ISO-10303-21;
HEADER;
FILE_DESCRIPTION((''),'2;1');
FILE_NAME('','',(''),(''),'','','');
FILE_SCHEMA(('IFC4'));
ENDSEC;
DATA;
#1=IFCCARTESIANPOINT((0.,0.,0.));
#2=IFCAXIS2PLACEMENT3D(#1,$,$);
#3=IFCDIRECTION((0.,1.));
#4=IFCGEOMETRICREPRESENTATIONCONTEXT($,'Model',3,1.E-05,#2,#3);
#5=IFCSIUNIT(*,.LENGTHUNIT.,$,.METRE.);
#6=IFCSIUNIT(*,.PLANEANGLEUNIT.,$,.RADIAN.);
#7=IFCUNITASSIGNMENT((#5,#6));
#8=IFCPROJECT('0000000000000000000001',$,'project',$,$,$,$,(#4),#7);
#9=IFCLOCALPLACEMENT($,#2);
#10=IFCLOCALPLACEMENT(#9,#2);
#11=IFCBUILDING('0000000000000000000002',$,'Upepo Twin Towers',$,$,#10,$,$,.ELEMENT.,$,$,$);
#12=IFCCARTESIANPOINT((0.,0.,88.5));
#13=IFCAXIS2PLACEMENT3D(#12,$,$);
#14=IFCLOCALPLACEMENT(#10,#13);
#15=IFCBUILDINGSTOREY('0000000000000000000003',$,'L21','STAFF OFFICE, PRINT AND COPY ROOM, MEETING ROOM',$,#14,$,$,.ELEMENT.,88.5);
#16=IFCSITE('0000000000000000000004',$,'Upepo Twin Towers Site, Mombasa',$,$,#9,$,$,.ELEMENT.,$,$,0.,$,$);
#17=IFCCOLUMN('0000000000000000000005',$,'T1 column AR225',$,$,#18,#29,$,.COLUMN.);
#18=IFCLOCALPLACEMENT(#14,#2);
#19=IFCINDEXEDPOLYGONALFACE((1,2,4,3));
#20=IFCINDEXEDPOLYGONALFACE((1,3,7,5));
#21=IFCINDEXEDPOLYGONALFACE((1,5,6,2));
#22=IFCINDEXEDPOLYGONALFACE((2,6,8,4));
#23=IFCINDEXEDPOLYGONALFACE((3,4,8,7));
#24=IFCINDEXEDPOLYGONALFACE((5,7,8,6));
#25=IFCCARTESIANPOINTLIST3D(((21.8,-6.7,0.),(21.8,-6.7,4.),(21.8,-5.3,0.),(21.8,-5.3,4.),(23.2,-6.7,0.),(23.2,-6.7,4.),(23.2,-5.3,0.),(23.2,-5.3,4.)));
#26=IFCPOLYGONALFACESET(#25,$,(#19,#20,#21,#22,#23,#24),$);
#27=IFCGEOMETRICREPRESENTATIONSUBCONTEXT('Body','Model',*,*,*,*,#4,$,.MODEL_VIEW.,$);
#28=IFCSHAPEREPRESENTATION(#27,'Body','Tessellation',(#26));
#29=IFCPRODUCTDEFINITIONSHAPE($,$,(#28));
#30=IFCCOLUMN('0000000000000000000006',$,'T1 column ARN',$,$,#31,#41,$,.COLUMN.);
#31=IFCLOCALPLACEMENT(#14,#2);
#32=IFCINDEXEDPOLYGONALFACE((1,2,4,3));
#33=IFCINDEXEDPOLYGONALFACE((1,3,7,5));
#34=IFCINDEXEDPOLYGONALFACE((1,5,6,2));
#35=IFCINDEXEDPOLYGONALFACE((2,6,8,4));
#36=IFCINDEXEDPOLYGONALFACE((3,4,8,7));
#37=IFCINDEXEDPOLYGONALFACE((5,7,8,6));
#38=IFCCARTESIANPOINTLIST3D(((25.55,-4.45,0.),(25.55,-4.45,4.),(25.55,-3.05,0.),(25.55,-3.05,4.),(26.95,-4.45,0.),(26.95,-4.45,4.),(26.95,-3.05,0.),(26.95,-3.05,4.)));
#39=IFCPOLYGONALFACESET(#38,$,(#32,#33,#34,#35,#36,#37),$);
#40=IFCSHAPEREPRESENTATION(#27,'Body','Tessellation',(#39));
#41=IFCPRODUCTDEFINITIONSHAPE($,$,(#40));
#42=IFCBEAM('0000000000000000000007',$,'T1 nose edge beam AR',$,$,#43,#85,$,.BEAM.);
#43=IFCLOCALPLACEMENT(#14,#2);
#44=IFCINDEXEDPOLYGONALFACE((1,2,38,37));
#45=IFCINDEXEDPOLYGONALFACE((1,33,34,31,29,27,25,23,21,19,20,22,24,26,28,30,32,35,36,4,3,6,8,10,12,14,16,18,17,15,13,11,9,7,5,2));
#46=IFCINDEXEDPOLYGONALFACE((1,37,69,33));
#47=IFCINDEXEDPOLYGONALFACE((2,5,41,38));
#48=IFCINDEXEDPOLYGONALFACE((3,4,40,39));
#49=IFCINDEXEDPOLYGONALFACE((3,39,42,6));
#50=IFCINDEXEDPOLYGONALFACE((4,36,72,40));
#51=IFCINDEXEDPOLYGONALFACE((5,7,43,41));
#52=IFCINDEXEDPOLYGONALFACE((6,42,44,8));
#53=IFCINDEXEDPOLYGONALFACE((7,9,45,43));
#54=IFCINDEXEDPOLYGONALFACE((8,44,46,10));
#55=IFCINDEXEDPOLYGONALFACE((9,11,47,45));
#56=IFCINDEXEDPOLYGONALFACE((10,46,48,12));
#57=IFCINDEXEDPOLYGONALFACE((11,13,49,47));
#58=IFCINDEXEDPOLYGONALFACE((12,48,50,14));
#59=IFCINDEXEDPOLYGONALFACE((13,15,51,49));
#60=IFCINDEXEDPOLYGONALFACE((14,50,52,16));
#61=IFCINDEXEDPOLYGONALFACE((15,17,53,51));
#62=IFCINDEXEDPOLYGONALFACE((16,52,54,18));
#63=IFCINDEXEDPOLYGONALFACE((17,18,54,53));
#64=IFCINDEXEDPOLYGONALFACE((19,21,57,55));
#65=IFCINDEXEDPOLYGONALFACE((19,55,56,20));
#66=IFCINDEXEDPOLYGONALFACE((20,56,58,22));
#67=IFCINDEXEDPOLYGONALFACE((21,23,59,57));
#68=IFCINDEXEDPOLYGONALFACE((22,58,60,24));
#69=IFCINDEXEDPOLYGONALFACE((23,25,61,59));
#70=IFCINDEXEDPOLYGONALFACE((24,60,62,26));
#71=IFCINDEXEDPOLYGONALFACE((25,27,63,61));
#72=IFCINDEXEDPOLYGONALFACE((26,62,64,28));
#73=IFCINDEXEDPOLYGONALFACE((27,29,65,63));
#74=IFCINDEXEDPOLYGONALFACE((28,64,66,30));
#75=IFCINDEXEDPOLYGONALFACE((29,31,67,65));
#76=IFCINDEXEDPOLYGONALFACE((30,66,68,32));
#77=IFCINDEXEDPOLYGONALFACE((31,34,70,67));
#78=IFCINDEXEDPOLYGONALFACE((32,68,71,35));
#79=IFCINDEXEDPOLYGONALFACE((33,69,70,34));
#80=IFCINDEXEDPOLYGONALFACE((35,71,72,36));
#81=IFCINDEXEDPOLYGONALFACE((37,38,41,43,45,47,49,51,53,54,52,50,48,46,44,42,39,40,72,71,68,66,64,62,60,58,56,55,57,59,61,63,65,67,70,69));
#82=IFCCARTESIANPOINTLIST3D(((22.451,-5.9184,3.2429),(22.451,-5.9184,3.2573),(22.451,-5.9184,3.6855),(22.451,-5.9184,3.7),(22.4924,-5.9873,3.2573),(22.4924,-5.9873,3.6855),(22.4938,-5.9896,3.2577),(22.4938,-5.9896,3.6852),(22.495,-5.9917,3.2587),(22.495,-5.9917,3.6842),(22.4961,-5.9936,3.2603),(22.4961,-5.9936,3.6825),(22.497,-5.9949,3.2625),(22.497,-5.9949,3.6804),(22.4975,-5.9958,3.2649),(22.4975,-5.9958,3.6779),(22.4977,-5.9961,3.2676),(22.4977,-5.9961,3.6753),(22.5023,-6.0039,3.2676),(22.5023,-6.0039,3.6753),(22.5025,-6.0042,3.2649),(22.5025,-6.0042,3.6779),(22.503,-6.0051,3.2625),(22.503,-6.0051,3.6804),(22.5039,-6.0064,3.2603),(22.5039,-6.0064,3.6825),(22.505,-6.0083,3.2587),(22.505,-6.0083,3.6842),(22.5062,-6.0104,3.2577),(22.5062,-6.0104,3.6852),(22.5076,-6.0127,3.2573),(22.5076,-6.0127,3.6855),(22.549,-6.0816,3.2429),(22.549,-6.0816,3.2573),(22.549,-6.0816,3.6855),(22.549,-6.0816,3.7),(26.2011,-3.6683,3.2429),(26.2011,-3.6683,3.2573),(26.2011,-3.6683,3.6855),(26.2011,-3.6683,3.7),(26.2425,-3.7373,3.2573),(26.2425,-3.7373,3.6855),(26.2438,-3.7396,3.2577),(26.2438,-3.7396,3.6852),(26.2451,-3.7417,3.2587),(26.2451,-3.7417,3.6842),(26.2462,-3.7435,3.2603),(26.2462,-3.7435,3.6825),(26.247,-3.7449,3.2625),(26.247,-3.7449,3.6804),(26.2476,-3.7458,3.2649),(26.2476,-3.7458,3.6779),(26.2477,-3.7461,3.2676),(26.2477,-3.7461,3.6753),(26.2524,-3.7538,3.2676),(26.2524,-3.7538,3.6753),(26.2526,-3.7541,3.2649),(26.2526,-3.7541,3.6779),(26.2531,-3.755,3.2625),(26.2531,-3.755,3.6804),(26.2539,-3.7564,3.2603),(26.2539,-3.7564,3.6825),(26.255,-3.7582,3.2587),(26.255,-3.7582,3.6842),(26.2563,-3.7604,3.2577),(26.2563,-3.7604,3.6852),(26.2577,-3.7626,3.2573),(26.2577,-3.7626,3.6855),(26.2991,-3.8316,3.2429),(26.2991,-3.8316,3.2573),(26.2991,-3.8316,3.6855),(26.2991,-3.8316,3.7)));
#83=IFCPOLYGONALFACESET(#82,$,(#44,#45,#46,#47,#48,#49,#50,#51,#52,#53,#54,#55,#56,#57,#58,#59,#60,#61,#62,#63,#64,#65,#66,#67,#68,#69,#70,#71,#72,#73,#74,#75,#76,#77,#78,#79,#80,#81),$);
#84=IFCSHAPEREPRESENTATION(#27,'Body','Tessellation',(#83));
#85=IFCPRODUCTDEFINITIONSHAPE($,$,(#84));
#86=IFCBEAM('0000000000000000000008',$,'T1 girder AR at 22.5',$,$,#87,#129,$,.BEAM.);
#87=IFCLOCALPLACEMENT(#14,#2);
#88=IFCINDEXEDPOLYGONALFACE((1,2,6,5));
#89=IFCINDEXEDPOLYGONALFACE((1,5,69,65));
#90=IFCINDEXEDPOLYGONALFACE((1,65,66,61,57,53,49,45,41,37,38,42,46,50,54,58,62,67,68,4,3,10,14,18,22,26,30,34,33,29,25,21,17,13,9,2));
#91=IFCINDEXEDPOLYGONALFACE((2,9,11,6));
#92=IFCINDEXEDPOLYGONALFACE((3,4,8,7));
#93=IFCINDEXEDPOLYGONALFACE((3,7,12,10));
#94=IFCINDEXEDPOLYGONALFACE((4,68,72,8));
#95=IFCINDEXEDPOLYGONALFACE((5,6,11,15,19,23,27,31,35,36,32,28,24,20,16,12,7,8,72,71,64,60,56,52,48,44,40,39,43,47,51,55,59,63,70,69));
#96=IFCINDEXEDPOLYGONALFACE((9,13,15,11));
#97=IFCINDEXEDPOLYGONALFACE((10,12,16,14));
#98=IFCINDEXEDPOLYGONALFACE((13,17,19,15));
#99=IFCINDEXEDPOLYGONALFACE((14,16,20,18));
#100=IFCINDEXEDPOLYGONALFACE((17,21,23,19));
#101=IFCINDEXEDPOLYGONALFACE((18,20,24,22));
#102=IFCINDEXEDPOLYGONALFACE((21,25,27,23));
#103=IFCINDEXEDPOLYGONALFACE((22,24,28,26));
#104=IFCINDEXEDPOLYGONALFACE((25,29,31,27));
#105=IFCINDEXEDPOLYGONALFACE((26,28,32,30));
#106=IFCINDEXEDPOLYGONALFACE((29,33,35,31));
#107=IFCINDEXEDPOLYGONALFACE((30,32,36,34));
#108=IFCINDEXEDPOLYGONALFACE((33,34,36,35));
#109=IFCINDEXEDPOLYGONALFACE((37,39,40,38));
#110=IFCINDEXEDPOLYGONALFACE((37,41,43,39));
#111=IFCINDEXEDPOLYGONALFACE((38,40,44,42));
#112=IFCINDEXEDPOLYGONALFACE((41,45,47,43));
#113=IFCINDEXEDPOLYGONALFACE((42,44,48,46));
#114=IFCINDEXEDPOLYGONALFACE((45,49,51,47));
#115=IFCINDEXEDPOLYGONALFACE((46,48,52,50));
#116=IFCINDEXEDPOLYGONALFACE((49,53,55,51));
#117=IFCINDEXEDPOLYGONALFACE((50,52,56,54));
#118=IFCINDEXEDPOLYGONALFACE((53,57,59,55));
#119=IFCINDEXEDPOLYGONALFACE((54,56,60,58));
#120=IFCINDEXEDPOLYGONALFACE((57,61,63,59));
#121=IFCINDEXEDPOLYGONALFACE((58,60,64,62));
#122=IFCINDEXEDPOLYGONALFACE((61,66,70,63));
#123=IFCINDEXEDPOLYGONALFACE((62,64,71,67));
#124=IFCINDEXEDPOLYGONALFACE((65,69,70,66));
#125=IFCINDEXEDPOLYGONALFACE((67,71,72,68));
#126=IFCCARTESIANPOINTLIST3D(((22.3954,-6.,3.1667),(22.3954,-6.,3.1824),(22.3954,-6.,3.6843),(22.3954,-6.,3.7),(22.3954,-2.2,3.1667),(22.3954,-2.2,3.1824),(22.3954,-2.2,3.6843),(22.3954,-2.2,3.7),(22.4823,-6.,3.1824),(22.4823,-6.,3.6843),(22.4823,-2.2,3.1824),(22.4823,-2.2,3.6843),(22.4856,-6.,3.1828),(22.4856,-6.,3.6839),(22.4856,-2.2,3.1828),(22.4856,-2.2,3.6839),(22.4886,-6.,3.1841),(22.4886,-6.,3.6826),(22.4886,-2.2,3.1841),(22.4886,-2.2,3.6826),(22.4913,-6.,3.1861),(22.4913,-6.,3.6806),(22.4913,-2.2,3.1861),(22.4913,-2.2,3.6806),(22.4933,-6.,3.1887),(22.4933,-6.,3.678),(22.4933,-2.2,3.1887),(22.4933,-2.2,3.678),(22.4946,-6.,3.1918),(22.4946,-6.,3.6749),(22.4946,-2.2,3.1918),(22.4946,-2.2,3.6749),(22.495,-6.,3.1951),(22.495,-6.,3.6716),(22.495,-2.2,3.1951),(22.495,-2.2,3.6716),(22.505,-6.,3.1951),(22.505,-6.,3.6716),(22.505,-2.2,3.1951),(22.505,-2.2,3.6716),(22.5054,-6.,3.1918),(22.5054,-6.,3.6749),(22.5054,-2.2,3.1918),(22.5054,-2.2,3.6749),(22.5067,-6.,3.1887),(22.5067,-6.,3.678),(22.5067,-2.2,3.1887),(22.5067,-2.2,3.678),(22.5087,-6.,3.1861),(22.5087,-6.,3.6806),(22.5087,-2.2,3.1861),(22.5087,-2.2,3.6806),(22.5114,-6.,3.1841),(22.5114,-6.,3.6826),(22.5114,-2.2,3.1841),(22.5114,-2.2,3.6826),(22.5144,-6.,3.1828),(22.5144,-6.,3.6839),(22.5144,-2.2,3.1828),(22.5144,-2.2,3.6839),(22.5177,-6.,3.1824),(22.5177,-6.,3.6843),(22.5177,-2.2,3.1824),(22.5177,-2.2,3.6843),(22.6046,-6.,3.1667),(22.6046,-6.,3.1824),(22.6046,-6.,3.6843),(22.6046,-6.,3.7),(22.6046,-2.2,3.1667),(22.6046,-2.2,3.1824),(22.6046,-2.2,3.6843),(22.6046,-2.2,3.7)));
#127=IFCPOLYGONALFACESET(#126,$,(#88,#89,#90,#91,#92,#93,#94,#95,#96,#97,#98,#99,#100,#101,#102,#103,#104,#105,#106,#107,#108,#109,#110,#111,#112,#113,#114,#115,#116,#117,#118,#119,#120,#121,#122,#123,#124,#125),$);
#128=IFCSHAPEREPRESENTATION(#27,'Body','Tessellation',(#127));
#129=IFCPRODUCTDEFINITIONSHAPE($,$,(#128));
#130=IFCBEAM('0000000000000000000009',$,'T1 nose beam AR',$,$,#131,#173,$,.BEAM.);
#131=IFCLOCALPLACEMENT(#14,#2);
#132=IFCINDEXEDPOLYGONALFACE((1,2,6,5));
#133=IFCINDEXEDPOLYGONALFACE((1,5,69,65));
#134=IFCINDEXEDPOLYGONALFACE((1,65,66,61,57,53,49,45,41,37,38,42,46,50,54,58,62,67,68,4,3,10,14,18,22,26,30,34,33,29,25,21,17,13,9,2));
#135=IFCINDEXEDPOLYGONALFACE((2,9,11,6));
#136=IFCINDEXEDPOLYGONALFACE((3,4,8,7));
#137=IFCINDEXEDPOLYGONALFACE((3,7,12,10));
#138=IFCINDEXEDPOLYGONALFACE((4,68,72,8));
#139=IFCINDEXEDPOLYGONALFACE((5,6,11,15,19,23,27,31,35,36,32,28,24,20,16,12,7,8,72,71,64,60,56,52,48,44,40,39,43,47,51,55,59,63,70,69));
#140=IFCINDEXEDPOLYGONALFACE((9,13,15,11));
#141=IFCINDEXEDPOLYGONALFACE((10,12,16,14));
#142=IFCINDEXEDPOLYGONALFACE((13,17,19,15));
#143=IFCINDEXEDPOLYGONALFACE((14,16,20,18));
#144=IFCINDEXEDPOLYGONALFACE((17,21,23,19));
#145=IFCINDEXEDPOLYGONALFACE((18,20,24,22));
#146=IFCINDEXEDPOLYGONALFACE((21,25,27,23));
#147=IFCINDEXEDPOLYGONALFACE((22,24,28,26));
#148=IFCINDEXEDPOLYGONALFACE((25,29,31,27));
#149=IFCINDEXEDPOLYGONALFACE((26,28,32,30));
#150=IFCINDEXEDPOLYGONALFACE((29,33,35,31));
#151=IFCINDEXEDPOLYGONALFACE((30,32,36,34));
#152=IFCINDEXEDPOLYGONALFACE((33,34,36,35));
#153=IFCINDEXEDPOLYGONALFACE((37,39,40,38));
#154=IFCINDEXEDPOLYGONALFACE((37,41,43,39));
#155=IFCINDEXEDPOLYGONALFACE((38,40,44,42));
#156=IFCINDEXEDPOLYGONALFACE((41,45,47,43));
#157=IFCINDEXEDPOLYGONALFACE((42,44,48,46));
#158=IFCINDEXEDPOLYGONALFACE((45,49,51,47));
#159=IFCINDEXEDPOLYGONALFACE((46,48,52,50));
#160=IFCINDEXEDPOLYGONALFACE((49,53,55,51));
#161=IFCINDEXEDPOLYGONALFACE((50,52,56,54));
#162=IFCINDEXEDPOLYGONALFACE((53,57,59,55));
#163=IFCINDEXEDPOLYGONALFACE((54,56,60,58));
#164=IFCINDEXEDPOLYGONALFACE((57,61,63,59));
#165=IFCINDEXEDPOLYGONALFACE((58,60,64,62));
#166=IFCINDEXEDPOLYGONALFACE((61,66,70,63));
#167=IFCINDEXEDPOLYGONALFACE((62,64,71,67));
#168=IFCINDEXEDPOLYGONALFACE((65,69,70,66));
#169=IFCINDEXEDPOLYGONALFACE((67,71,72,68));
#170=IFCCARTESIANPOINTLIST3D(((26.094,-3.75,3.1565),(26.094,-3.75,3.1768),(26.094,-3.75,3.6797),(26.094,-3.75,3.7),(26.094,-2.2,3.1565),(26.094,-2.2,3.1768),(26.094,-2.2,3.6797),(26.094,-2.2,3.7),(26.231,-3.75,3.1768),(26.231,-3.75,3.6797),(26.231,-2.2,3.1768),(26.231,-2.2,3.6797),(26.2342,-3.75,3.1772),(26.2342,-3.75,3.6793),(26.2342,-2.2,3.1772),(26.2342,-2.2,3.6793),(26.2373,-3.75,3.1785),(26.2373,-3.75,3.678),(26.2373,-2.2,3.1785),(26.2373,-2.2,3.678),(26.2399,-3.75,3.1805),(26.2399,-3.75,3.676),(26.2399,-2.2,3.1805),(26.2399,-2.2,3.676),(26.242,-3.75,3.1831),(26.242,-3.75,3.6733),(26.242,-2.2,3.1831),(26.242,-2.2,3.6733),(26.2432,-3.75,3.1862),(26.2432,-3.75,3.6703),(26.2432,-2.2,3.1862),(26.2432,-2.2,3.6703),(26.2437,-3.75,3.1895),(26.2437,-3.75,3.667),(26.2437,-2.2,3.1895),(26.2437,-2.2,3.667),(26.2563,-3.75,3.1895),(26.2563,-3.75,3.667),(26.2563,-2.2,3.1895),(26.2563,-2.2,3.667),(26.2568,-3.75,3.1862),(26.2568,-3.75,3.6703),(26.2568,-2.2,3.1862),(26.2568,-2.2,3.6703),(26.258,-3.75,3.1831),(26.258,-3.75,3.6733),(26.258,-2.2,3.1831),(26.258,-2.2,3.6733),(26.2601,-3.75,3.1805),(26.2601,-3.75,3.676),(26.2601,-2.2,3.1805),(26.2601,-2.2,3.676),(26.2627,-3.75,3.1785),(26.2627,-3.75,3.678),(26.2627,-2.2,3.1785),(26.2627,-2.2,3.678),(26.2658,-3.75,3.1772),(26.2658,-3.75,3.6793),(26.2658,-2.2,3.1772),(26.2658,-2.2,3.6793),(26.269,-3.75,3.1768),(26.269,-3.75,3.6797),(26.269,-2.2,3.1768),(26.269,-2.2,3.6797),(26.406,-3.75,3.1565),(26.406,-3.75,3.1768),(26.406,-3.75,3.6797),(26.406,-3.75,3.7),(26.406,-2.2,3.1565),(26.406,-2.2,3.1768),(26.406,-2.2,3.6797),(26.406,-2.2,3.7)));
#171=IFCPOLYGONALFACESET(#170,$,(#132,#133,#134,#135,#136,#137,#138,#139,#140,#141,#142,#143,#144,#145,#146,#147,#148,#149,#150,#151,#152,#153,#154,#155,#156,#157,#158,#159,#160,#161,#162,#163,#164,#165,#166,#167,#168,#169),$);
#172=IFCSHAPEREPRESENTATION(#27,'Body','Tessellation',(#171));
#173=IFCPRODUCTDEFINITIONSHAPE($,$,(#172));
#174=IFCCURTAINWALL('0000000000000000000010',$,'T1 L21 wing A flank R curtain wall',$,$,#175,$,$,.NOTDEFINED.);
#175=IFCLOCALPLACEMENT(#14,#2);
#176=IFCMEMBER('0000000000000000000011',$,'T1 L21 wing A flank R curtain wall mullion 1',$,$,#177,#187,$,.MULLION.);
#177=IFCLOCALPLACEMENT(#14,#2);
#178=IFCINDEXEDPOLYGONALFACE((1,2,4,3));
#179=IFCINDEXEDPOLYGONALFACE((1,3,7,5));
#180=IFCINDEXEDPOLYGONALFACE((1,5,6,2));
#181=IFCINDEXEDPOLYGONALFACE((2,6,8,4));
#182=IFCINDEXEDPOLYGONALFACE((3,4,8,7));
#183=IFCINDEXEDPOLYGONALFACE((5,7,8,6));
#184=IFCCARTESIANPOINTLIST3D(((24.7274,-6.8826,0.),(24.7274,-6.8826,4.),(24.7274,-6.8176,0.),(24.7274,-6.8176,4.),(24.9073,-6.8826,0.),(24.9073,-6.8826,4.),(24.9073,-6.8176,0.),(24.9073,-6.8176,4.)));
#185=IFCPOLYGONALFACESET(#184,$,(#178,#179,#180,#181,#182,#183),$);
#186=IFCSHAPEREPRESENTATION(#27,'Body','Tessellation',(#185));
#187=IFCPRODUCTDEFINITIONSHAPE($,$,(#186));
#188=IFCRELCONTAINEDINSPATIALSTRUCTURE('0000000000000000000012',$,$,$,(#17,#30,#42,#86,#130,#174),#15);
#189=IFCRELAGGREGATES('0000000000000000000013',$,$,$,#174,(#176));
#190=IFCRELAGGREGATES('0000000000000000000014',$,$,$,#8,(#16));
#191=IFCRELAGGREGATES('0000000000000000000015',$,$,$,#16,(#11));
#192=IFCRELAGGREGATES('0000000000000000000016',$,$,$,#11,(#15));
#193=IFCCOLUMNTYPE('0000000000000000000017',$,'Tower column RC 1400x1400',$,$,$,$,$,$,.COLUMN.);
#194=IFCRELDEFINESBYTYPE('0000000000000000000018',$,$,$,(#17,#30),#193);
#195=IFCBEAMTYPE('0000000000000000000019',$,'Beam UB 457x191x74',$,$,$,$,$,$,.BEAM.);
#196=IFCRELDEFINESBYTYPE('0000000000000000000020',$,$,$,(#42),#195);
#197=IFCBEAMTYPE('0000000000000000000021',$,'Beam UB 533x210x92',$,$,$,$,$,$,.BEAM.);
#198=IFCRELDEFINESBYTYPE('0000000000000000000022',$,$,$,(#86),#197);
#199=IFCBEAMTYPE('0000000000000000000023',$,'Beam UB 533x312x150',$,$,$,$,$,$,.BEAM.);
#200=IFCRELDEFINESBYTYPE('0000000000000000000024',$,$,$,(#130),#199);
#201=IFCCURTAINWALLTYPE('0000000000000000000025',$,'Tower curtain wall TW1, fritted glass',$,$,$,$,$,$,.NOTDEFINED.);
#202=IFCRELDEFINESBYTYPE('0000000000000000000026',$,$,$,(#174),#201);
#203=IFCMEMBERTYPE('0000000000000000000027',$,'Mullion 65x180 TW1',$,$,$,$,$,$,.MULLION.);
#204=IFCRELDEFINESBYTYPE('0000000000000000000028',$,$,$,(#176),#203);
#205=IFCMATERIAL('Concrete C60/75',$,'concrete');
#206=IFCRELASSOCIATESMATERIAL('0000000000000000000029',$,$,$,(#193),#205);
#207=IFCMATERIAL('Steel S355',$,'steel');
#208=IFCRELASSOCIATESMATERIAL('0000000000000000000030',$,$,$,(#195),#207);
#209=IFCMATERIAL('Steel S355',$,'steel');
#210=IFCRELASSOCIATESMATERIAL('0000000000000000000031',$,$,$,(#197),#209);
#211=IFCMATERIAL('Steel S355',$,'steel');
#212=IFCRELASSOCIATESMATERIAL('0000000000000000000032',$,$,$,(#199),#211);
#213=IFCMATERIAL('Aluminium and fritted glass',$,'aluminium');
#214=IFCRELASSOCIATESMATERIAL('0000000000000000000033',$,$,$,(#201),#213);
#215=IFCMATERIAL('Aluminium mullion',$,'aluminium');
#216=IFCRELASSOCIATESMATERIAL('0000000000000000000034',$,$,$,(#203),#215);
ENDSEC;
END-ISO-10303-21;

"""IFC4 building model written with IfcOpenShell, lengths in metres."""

from ifc_helpers import new_model, si_unit, direction, frame, origin, origin_2d, place, context, subcontext, project, spatial, rectangle, i_section, extrude, material, material_profile, profile_set, type_object, element, aggregate, save


model = new_model("IFC4")

# Units and contexts
model_context = context("Model", 3, precision=1e-05, world=origin(), true_north=direction((0.0, 1.0)))
body_context = subcontext(model_context, "Body", "Model", "MODEL_VIEW")
ifc_project = project(units=[si_unit("LENGTHUNIT", "METRE"), si_unit("PLANEANGLEUNIT", "RADIAN")], contexts=[model_context])

# Site, building, storey
site_placement = place(None, origin())
site = spatial("IfcSite", under=ifc_project, at=site_placement, Name="Upepo Twin Towers Site, Mombasa", CompositionType="ELEMENT", RefElevation=0.0)
building_placement = place(site_placement, origin())
building = spatial("IfcBuilding", under=site, at=building_placement, Name="Upepo Twin Towers", CompositionType="ELEMENT")
storey_placement = place(building_placement, frame((0.0, 0.0, 88.5)))
storey = spatial("IfcBuildingStorey", under=building, at=storey_placement, Name="L21", Description="STAFF OFFICE, PRINT AND COPY ROOM, MEETING ROOM", CompositionType="ELEMENT", Elevation=88.5)

# Columns
ifc_material_1 = material(Name="Concrete C60/75", Category="concrete")
ifc_material_profile_1 = material_profile(ifc_material_1, rectangle(XDim=1.3999, YDim=1.3999, at=origin_2d()), Name="RC 1400x1400")
ifc_profile_set_1 = profile_set([ifc_material_profile_1], Name="Concrete C60/75")
column_type = type_object("IfcColumnType", Name="Tower column RC 1400x1400", PredefinedType="COLUMN", material=ifc_profile_set_1)
for number, where, z_axis, x_axis, name in (
    (1, (22.5, -6.0, 0.0), (0.0, 0.0, 1.0), (1.0, 0.0, 0.0), "T1 column AR225"),
    (2, (26.25, -3.75, 0.0), (0.0, 0.0, 1.0), (1.0, 0.0, 0.0), "T1 column ARN"),
):
    element("IfcColumn", number, at=place(storey_placement, frame(where, z_axis=z_axis, x_axis=x_axis)), inside=storey, type_object=column_type, Name=name, PredefinedType="COLUMN", context=body_context, shape_type="SweptSolid", body=[
        extrude(rectangle(XDim=1.3999, YDim=1.3999, at=origin_2d()), origin(), (0.0, 0.0, 1.0), 4.0),
    ])

# Beams
ifc_material_2 = material(Name="Steel S355", Category="steel")
ifc_material_profile_2 = material_profile(ifc_material_2, i_section(OverallWidth=0.1904, OverallDepth=0.457, WebThickness=0.009, FlangeThickness=0.0144, FilletRadius=0.0103, at=origin_2d()), Name="UB 457x191x74")
ifc_profile_set_2 = profile_set([ifc_material_profile_2], Name="Steel S355")
beam_type_1 = type_object("IfcBeamType", Name="Beam UB 457x191x74", PredefinedType="BEAM", material=ifc_profile_set_2)
beam_1_placement = place(storey_placement, frame((22.5, -6.0, 3.4714), z_axis=(0.857493, 0.514496, 0.0), x_axis=(-0.514496, 0.857493, 0.0)))
element("IfcBeam", 3, at=beam_1_placement, inside=storey, type_object=beam_type_1, Name="T1 nose edge beam AR", PredefinedType="BEAM", context=body_context, shape_type="SweptSolid", body=[
    extrude(i_section(OverallWidth=0.1904, OverallDepth=0.457, WebThickness=0.009, FlangeThickness=0.0144, FilletRadius=0.0103, at=origin_2d()), origin(), (0.0, 0.0, 1.0), 4.3733),
])
ifc_material_3 = material(Name="Steel S355", Category="steel")
ifc_material_profile_3 = material_profile(ifc_material_3, i_section(OverallWidth=0.2092, OverallDepth=0.5332, WebThickness=0.01, FlangeThickness=0.0156, FilletRadius=0.0127, at=origin_2d()), Name="UB 533x210x92")
ifc_profile_set_3 = profile_set([ifc_material_profile_3], Name="Steel S355")
beam_type_2 = type_object("IfcBeamType", Name="Beam UB 533x210x92", PredefinedType="BEAM", material=ifc_profile_set_3)
beam_2_placement = place(storey_placement, frame((22.5, -6.0, 3.4333), z_axis=(0.0, 1.0, 0.0), x_axis=(-1.0, 0.0, 0.0)))
element("IfcBeam", 4, at=beam_2_placement, inside=storey, type_object=beam_type_2, Name="T1 girder AR at 22.5", PredefinedType="BEAM", context=body_context, shape_type="SweptSolid", body=[
    extrude(i_section(OverallWidth=0.2092, OverallDepth=0.5332, WebThickness=0.01, FlangeThickness=0.0156, FilletRadius=0.0127, at=origin_2d()), origin(), (0.0, 0.0, 1.0), 3.8),
])
ifc_material_4 = material(Name="Steel S355", Category="steel")
ifc_material_profile_4 = material_profile(ifc_material_4, i_section(OverallWidth=0.312, OverallDepth=0.5435, WebThickness=0.0127, FlangeThickness=0.0203, FilletRadius=0.0127, at=origin_2d()), Name="UB 533x312x150")
ifc_profile_set_4 = profile_set([ifc_material_profile_4], Name="Steel S355")
beam_type_3 = type_object("IfcBeamType", Name="Beam UB 533x312x150", PredefinedType="BEAM", material=ifc_profile_set_4)
beam_3_placement = place(storey_placement, frame((26.25, -3.75, 3.4282), z_axis=(0.0, 1.0, 0.0), x_axis=(-1.0, 0.0, 0.0)))
element("IfcBeam", 5, at=beam_3_placement, inside=storey, type_object=beam_type_3, Name="T1 nose beam AR", PredefinedType="BEAM", context=body_context, shape_type="SweptSolid", body=[
    extrude(i_section(OverallWidth=0.312, OverallDepth=0.5435, WebThickness=0.0127, FlangeThickness=0.0203, FilletRadius=0.0127, at=origin_2d()), origin(), (0.0, 0.0, 1.0), 1.55),
])

# Curtain wall, member
ifc_material_5 = material(Name="Aluminium and fritted glass", Category="aluminium")
curtain_wall_type = type_object("IfcCurtainWallType", Name="Tower curtain wall TW1, fritted glass", PredefinedType="NOTDEFINED", material=ifc_material_5)
curtain_wall_1_placement = place(storey_placement, origin())
curtain_wall_1 = element("IfcCurtainWall", 6, at=curtain_wall_1_placement, inside=storey, type_object=curtain_wall_type, Name="T1 L21 wing A flank R curtain wall", PredefinedType="NOTDEFINED")
ifc_material_6 = material(Name="Aluminium mullion", Category="aluminium")
ifc_material_profile_5 = material_profile(ifc_material_6, rectangle(XDim=0.0649, YDim=0.1799, at=origin_2d()), Name="MULLION 65x180")
ifc_profile_set_5 = profile_set([ifc_material_profile_5], Name="Aluminium mullion")
member_type_1 = type_object("IfcMemberType", Name="Mullion 65x180 TW1", PredefinedType="MULLION", material=ifc_profile_set_5)
member_1_placement = place(storey_placement, frame((24.8174, -6.8501, 0.0), z_axis=(0.0, 0.0, 1.0), x_axis=(0.0, -1.0, 0.0)))
member_1 = element("IfcMember", 7, at=member_1_placement, type_object=member_type_1, Name="T1 L21 wing A flank R curtain wall mullion 1", PredefinedType="MULLION", context=body_context, shape_type="SweptSolid", body=[
    extrude(rectangle(XDim=0.0649, YDim=0.1799, at=origin_2d()), origin(), (0.0, 0.0, 1.0), 4.0),
])

aggregate(curtain_wall_1, [member_1])

save(model, "model.ifc")
